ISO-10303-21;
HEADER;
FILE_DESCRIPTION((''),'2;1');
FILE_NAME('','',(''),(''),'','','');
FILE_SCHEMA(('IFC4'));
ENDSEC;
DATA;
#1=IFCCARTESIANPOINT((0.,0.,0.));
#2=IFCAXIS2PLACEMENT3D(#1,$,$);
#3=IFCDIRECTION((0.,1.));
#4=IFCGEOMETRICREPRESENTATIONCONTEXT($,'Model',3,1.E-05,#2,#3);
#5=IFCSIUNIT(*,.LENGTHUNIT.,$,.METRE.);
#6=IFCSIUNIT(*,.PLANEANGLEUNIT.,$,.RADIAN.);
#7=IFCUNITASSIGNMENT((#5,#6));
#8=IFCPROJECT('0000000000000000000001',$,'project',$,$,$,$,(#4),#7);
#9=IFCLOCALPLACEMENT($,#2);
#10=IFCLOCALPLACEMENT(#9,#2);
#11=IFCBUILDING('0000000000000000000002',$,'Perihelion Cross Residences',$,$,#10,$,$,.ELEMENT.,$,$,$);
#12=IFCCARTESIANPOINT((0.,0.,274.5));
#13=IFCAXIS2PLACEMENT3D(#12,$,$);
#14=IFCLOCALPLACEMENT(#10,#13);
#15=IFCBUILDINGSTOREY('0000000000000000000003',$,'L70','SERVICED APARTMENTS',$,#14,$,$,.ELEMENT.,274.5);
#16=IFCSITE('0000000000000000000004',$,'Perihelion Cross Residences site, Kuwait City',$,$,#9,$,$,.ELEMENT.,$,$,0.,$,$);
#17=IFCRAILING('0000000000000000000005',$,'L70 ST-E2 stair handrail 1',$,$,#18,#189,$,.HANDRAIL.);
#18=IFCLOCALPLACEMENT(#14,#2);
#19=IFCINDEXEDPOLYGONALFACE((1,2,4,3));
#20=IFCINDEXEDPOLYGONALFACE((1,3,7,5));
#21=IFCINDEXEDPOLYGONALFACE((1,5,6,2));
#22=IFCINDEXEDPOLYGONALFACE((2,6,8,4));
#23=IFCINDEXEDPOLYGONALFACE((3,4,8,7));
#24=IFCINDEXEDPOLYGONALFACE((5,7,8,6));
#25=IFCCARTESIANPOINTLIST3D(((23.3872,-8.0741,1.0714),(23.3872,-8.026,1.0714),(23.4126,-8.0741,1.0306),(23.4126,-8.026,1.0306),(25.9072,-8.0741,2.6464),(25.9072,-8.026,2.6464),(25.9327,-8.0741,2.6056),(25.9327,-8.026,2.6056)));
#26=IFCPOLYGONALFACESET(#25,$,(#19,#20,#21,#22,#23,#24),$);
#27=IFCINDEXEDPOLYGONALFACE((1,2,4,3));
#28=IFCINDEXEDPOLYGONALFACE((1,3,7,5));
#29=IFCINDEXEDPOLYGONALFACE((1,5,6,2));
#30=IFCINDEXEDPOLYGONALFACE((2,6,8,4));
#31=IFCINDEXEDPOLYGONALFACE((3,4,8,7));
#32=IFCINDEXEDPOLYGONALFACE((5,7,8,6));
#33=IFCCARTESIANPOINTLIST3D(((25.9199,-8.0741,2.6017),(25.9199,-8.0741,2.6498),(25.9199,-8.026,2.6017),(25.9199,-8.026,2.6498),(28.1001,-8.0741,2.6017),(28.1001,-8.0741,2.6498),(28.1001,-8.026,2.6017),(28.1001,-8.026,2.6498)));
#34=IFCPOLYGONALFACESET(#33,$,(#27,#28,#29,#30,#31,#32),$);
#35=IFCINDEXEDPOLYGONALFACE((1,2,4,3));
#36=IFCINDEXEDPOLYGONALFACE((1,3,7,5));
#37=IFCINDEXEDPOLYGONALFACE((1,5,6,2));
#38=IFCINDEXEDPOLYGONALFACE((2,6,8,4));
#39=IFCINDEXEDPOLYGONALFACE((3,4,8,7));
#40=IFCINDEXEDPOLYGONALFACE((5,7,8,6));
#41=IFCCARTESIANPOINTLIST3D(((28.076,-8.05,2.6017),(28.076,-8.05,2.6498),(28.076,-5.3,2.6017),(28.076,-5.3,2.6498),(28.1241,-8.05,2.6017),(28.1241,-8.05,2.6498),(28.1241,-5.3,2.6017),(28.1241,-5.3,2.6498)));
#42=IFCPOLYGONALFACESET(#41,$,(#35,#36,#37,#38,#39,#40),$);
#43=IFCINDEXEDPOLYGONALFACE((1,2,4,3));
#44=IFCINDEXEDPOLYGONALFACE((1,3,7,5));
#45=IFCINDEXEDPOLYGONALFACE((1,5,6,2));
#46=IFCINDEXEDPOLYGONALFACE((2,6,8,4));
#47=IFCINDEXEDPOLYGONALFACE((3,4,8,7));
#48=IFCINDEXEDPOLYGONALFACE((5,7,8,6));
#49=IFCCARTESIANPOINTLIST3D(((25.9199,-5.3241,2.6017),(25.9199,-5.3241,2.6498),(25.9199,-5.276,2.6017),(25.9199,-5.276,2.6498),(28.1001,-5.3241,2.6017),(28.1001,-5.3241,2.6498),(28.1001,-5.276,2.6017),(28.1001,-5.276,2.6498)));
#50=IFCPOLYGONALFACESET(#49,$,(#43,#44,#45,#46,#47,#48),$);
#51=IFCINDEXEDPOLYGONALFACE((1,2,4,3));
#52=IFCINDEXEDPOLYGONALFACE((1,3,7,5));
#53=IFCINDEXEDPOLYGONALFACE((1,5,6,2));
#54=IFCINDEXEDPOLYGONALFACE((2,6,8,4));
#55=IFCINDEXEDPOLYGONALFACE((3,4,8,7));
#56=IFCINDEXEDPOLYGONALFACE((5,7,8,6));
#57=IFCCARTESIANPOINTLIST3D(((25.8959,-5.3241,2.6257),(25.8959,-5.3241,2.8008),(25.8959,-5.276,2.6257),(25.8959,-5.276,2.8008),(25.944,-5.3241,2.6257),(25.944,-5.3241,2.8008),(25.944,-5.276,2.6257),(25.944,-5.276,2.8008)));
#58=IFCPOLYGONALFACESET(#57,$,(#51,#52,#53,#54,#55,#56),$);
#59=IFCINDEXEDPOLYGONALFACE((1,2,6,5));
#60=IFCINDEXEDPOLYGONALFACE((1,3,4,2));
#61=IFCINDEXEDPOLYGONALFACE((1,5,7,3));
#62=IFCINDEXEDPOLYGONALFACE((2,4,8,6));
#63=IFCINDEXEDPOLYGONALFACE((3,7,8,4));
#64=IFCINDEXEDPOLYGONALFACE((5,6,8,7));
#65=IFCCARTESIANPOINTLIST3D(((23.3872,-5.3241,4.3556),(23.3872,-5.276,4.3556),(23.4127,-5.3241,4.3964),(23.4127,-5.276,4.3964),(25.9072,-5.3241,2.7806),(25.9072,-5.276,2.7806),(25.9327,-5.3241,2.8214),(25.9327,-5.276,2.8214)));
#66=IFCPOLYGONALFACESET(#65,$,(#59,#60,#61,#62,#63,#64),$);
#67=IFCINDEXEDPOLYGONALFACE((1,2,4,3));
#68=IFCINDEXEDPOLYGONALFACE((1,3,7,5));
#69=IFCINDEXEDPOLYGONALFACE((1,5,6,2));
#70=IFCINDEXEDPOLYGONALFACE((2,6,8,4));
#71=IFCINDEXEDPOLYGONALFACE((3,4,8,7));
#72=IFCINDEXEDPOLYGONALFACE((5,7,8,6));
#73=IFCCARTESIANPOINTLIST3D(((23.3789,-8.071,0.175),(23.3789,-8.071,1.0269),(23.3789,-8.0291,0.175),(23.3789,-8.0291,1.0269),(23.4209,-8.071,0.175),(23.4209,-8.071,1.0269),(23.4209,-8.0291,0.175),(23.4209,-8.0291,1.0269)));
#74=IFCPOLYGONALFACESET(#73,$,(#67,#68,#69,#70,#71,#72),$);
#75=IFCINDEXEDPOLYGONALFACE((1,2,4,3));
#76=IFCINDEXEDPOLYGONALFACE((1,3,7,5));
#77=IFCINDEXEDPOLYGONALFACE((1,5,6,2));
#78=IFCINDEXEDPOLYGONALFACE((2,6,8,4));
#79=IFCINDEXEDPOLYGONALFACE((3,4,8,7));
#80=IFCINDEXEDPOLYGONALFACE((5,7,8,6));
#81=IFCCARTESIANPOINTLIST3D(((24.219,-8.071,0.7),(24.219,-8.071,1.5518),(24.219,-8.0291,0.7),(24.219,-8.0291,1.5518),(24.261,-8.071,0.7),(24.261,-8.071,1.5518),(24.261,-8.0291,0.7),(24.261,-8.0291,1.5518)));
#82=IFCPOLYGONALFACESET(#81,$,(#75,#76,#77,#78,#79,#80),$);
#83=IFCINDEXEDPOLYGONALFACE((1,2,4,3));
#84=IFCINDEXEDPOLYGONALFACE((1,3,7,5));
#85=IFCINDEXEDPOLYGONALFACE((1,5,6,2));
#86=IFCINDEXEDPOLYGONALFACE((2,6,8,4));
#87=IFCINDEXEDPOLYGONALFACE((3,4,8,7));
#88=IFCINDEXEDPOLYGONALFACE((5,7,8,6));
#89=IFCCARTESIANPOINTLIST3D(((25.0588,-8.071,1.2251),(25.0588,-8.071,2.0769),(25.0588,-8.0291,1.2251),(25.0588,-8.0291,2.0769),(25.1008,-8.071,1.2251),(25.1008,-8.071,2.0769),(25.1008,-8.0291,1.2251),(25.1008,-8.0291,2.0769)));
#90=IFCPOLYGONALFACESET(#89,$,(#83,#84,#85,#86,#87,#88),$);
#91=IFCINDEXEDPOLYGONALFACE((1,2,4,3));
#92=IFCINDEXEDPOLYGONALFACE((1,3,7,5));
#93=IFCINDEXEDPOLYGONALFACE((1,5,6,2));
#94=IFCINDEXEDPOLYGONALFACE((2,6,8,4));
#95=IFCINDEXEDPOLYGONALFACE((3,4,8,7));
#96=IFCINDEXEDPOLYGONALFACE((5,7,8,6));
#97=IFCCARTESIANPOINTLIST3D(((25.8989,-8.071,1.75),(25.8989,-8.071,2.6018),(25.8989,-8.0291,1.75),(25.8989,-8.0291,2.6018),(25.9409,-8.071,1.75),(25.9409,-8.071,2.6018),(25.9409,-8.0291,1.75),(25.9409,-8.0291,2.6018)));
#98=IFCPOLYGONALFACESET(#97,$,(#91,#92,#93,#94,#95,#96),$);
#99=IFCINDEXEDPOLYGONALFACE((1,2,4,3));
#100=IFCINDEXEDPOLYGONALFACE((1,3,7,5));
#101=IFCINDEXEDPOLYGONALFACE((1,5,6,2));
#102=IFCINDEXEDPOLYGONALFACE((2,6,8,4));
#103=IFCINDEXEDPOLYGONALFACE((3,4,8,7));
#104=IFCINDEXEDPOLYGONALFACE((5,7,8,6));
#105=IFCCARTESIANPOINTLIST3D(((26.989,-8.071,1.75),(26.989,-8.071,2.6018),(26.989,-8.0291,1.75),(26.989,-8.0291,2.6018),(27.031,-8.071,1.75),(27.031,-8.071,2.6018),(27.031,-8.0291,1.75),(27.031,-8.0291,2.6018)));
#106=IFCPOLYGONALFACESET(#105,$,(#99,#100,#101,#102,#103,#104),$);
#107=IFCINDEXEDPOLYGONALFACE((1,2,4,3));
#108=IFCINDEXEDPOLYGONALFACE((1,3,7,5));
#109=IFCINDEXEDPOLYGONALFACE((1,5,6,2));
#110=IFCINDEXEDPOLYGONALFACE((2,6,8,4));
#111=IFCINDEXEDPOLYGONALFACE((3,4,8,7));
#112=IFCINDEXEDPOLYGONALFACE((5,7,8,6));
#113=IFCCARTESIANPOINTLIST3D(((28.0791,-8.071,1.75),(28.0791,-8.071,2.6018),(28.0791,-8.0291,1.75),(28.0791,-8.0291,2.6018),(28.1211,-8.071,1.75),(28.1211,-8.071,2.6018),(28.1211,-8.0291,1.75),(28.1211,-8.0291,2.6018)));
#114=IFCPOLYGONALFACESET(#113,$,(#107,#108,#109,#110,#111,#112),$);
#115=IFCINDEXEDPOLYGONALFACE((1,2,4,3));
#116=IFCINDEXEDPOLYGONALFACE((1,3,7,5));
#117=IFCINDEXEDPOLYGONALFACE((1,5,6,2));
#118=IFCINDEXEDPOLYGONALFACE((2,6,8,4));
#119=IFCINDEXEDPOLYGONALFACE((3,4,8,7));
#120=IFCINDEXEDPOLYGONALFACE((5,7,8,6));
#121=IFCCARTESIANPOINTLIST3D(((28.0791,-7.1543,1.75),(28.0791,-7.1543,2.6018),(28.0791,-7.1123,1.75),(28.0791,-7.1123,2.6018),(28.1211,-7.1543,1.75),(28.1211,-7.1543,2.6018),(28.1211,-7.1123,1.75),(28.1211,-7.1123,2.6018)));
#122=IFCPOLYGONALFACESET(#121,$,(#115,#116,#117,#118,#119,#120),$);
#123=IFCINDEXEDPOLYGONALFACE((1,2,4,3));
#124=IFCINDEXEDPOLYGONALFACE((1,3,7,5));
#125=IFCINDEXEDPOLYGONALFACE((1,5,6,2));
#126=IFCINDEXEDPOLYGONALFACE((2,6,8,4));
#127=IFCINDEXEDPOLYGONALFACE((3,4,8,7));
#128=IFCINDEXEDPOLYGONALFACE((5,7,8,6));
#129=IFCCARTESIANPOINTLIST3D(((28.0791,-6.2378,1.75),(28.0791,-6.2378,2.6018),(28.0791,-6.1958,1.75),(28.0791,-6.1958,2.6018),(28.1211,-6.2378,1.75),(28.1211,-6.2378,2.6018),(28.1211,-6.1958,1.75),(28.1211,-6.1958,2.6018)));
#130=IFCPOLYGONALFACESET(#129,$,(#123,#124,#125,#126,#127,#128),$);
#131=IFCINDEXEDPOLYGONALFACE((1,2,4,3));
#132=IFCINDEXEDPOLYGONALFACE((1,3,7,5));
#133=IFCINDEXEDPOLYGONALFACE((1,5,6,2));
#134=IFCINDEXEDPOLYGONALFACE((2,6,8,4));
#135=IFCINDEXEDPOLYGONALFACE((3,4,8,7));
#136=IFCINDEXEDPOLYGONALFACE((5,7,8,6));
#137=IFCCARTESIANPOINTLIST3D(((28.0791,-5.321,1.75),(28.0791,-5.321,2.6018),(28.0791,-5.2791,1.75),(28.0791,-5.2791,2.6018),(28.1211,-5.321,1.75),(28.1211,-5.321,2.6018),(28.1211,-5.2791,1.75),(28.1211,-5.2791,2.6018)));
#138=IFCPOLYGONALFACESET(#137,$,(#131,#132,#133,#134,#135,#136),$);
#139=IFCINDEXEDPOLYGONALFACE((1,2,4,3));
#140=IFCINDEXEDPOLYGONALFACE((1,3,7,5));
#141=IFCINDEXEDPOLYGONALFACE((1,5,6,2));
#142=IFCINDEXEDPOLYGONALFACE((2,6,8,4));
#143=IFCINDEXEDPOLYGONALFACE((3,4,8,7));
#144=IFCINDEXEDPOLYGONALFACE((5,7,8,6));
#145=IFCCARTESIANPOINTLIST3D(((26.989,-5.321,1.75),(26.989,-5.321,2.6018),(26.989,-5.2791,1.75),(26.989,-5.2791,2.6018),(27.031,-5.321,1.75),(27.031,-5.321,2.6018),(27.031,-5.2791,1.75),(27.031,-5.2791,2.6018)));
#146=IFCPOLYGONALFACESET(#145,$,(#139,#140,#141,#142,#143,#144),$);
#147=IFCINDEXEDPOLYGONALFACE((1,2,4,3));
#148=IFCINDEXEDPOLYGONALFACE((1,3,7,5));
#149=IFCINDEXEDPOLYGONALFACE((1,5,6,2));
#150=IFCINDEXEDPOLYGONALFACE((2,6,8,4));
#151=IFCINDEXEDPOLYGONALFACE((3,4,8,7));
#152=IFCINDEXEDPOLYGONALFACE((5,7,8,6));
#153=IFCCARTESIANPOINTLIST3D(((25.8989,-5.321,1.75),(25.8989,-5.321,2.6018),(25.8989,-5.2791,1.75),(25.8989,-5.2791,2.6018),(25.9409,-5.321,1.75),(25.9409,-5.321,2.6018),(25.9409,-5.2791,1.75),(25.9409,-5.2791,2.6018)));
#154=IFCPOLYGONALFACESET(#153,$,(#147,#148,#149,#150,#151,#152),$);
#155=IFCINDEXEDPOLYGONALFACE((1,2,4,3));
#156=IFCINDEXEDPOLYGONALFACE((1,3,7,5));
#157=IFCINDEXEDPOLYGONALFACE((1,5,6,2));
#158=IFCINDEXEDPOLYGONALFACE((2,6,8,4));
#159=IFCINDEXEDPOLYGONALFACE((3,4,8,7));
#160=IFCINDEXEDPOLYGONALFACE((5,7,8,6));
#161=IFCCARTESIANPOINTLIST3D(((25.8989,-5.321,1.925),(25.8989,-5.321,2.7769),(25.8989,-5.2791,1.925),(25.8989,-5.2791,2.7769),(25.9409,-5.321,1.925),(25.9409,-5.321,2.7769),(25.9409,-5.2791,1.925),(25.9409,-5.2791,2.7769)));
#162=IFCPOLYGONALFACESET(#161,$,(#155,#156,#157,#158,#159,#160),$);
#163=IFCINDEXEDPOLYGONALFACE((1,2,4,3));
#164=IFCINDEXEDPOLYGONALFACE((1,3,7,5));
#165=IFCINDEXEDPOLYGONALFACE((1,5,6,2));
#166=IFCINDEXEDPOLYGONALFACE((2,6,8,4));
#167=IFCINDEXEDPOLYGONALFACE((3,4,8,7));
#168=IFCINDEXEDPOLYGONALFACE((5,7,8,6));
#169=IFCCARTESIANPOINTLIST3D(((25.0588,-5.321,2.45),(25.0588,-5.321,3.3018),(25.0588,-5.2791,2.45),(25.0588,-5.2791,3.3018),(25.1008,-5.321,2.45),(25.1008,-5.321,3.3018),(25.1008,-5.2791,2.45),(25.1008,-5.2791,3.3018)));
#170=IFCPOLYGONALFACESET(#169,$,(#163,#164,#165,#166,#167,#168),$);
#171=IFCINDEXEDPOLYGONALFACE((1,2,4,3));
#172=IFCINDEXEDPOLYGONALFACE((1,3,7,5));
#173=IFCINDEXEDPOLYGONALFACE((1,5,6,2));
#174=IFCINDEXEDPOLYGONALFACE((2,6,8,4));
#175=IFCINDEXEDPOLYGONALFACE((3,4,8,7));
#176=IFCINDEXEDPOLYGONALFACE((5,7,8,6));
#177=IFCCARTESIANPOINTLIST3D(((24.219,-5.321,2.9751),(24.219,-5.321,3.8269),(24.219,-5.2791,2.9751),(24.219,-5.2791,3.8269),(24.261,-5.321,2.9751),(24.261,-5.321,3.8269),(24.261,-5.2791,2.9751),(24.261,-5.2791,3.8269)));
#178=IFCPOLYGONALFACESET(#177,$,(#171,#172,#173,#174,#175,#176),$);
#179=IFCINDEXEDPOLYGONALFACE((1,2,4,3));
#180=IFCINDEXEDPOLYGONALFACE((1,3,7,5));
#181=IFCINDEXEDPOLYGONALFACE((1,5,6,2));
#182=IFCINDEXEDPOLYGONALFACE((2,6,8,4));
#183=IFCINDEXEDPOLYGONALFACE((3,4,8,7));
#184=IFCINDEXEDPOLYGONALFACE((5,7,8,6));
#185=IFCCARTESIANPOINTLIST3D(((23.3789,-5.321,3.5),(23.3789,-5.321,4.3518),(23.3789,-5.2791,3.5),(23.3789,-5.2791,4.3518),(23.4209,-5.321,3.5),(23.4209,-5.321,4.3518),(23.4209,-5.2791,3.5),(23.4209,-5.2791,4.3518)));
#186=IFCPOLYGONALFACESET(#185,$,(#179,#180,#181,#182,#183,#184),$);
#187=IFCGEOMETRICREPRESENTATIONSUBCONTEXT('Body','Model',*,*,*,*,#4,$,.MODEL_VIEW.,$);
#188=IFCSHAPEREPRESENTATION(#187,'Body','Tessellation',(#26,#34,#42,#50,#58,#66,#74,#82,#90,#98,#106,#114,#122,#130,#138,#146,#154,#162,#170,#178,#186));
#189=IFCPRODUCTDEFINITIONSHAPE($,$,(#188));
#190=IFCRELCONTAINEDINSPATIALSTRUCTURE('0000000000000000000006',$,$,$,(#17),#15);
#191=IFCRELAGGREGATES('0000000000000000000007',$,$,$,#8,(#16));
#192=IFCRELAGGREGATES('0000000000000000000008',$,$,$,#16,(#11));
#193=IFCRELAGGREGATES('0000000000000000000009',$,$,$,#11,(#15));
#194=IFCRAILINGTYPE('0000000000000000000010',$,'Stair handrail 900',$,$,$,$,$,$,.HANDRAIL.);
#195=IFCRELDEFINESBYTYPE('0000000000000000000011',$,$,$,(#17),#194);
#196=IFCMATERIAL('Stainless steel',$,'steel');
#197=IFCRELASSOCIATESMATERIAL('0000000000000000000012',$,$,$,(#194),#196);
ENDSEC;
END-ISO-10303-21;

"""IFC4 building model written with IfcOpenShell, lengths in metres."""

from ifc_helpers import new_model, si_unit, direction, frame, origin, origin_2d, place, context, subcontext, project, spatial, rectangle, extrude, material, type_object, element, save


model = new_model("IFC4")

# Units and contexts
model_context = context("Model", 3, precision=1e-05, world=origin(), true_north=direction((0.0, 1.0)))
body_context = subcontext(model_context, "Body", "Model", "MODEL_VIEW")
ifc_project = project(units=[si_unit("LENGTHUNIT", "METRE"), si_unit("PLANEANGLEUNIT", "RADIAN")], contexts=[model_context])

# Site, building, storey
site_placement = place(None, origin())
site = spatial("IfcSite", under=ifc_project, at=site_placement, Name="Perihelion Cross Residences site, Kuwait City", CompositionType="ELEMENT", RefElevation=0.0)
building_placement = place(site_placement, origin())
building = spatial("IfcBuilding", under=site, at=building_placement, Name="Perihelion Cross Residences", CompositionType="ELEMENT")
storey_placement = place(building_placement, frame((0.0, 0.0, 274.5)))
storey = spatial("IfcBuildingStorey", under=building, at=storey_placement, Name="L70", Description="SERVICED APARTMENTS", CompositionType="ELEMENT", Elevation=274.5)

# Railing
ifc_material_1 = material(Name="Stainless steel", Category="steel")
railing_type_1 = type_object("IfcRailingType", Name="Stair handrail 900", PredefinedType="HANDRAIL", material=ifc_material_1)
railing_1_placement = place(storey_placement, frame((23.3999, -8.05, 0.175)))
element("IfcRailing", 1, at=railing_1_placement, inside=storey, type_object=railing_type_1, Name="L70 ST-E2 stair handrail 1", PredefinedType="HANDRAIL", context=body_context, shape_type="SweptSolid", body=[
    extrude(rectangle(XDim=0.0481, YDim=0.0481, at=origin_2d()), frame((0.0, 0.0, 0.876), z_axis=(0.848008, 0.0, 0.529984), x_axis=(0.0, 1.0, 0.0)), (0.0, 0.0, 1.0), 2.9717),
    extrude(rectangle(XDim=0.0481, YDim=0.0481, at=origin_2d()), frame((2.52, 0.0, 2.4507), z_axis=(1.0, 0.0, 0.0), x_axis=(0.0, 1.0, 0.0)), (0.0, 0.0, 1.0), 2.1802),
    extrude(rectangle(XDim=0.0481, YDim=0.0481, at=origin_2d()), frame((4.7002, 0.0, 2.4507), z_axis=(0.0, 1.0, 0.0), x_axis=(-1.0, 0.0, 0.0)), (0.0, 0.0, 1.0), 2.75),
    extrude(rectangle(XDim=0.0481, YDim=0.0481, at=origin_2d()), frame((4.7002, 2.75, 2.4507), z_axis=(-1.0, 0.0, 0.0), x_axis=(0.0, -1.0, 0.0)), (0.0, 0.0, 1.0), 2.1802),
    extrude(rectangle(XDim=0.0481, YDim=0.0481, at=origin_2d()), frame((2.52, 2.75, 2.4507), z_axis=(0.0, 0.0, 1.0), x_axis=(1.0, 0.0, 0.0)), (0.0, 0.0, 1.0), 0.175),
    extrude(rectangle(XDim=0.0481, YDim=0.0481, at=origin_2d()), frame((2.52, 2.75, 2.626), z_axis=(-0.848008, 0.0, 0.529984), x_axis=(0.0, -1.0, 0.0)), (0.0, 0.0, 1.0), 2.9717),
    extrude(rectangle(XDim=0.042, YDim=0.042, at=origin_2d()), origin(), (0.0, 0.0, 1.0), 0.8518),
    extrude(rectangle(XDim=0.042, YDim=0.042, at=origin_2d()), frame((0.8401, 0.0, 0.5249)), (0.0, 0.0, 1.0), 0.8518),
    extrude(rectangle(XDim=0.042, YDim=0.042, at=origin_2d()), frame((1.6799, 0.0, 1.05)), (0.0, 0.0, 1.0), 0.8518),
    extrude(rectangle(XDim=0.042, YDim=0.042, at=origin_2d()), frame((2.52, 0.0, 1.575)), (0.0, 0.0, 1.0), 0.8518),
    extrude(rectangle(XDim=0.042, YDim=0.042, at=origin_2d()), frame((3.6101, 0.0, 1.575)), (0.0, 0.0, 1.0), 0.8518),
    extrude(rectangle(XDim=0.042, YDim=0.042, at=origin_2d()), frame((4.7002, 0.0, 1.575)), (0.0, 0.0, 1.0), 0.8518),
    extrude(rectangle(XDim=0.042, YDim=0.042, at=origin_2d()), frame((4.7002, 0.9167, 1.575)), (0.0, 0.0, 1.0), 0.8518),
    extrude(rectangle(XDim=0.042, YDim=0.042, at=origin_2d()), frame((4.7002, 1.8333, 1.575)), (0.0, 0.0, 1.0), 0.8518),
    extrude(rectangle(XDim=0.042, YDim=0.042, at=origin_2d()), frame((4.7002, 2.75, 1.575)), (0.0, 0.0, 1.0), 0.8518),
    extrude(rectangle(XDim=0.042, YDim=0.042, at=origin_2d()), frame((3.6101, 2.75, 1.575)), (0.0, 0.0, 1.0), 0.8518),
    extrude(rectangle(XDim=0.042, YDim=0.042, at=origin_2d()), frame((2.52, 2.75, 1.575)), (0.0, 0.0, 1.0), 0.8518),
    extrude(rectangle(XDim=0.042, YDim=0.042, at=origin_2d()), frame((2.52, 2.75, 1.75)), (0.0, 0.0, 1.0), 0.8518),
    extrude(rectangle(XDim=0.042, YDim=0.042, at=origin_2d()), frame((1.6799, 2.75, 2.2749)), (0.0, 0.0, 1.0), 0.8518),
    extrude(rectangle(XDim=0.042, YDim=0.042, at=origin_2d()), frame((0.8401, 2.75, 2.8)), (0.0, 0.0, 1.0), 0.8518),
    extrude(rectangle(XDim=0.042, YDim=0.042, at=origin_2d()), frame((0.0, 2.75, 3.325)), (0.0, 0.0, 1.0), 0.8518),
])

save(model, "model.ifc")
